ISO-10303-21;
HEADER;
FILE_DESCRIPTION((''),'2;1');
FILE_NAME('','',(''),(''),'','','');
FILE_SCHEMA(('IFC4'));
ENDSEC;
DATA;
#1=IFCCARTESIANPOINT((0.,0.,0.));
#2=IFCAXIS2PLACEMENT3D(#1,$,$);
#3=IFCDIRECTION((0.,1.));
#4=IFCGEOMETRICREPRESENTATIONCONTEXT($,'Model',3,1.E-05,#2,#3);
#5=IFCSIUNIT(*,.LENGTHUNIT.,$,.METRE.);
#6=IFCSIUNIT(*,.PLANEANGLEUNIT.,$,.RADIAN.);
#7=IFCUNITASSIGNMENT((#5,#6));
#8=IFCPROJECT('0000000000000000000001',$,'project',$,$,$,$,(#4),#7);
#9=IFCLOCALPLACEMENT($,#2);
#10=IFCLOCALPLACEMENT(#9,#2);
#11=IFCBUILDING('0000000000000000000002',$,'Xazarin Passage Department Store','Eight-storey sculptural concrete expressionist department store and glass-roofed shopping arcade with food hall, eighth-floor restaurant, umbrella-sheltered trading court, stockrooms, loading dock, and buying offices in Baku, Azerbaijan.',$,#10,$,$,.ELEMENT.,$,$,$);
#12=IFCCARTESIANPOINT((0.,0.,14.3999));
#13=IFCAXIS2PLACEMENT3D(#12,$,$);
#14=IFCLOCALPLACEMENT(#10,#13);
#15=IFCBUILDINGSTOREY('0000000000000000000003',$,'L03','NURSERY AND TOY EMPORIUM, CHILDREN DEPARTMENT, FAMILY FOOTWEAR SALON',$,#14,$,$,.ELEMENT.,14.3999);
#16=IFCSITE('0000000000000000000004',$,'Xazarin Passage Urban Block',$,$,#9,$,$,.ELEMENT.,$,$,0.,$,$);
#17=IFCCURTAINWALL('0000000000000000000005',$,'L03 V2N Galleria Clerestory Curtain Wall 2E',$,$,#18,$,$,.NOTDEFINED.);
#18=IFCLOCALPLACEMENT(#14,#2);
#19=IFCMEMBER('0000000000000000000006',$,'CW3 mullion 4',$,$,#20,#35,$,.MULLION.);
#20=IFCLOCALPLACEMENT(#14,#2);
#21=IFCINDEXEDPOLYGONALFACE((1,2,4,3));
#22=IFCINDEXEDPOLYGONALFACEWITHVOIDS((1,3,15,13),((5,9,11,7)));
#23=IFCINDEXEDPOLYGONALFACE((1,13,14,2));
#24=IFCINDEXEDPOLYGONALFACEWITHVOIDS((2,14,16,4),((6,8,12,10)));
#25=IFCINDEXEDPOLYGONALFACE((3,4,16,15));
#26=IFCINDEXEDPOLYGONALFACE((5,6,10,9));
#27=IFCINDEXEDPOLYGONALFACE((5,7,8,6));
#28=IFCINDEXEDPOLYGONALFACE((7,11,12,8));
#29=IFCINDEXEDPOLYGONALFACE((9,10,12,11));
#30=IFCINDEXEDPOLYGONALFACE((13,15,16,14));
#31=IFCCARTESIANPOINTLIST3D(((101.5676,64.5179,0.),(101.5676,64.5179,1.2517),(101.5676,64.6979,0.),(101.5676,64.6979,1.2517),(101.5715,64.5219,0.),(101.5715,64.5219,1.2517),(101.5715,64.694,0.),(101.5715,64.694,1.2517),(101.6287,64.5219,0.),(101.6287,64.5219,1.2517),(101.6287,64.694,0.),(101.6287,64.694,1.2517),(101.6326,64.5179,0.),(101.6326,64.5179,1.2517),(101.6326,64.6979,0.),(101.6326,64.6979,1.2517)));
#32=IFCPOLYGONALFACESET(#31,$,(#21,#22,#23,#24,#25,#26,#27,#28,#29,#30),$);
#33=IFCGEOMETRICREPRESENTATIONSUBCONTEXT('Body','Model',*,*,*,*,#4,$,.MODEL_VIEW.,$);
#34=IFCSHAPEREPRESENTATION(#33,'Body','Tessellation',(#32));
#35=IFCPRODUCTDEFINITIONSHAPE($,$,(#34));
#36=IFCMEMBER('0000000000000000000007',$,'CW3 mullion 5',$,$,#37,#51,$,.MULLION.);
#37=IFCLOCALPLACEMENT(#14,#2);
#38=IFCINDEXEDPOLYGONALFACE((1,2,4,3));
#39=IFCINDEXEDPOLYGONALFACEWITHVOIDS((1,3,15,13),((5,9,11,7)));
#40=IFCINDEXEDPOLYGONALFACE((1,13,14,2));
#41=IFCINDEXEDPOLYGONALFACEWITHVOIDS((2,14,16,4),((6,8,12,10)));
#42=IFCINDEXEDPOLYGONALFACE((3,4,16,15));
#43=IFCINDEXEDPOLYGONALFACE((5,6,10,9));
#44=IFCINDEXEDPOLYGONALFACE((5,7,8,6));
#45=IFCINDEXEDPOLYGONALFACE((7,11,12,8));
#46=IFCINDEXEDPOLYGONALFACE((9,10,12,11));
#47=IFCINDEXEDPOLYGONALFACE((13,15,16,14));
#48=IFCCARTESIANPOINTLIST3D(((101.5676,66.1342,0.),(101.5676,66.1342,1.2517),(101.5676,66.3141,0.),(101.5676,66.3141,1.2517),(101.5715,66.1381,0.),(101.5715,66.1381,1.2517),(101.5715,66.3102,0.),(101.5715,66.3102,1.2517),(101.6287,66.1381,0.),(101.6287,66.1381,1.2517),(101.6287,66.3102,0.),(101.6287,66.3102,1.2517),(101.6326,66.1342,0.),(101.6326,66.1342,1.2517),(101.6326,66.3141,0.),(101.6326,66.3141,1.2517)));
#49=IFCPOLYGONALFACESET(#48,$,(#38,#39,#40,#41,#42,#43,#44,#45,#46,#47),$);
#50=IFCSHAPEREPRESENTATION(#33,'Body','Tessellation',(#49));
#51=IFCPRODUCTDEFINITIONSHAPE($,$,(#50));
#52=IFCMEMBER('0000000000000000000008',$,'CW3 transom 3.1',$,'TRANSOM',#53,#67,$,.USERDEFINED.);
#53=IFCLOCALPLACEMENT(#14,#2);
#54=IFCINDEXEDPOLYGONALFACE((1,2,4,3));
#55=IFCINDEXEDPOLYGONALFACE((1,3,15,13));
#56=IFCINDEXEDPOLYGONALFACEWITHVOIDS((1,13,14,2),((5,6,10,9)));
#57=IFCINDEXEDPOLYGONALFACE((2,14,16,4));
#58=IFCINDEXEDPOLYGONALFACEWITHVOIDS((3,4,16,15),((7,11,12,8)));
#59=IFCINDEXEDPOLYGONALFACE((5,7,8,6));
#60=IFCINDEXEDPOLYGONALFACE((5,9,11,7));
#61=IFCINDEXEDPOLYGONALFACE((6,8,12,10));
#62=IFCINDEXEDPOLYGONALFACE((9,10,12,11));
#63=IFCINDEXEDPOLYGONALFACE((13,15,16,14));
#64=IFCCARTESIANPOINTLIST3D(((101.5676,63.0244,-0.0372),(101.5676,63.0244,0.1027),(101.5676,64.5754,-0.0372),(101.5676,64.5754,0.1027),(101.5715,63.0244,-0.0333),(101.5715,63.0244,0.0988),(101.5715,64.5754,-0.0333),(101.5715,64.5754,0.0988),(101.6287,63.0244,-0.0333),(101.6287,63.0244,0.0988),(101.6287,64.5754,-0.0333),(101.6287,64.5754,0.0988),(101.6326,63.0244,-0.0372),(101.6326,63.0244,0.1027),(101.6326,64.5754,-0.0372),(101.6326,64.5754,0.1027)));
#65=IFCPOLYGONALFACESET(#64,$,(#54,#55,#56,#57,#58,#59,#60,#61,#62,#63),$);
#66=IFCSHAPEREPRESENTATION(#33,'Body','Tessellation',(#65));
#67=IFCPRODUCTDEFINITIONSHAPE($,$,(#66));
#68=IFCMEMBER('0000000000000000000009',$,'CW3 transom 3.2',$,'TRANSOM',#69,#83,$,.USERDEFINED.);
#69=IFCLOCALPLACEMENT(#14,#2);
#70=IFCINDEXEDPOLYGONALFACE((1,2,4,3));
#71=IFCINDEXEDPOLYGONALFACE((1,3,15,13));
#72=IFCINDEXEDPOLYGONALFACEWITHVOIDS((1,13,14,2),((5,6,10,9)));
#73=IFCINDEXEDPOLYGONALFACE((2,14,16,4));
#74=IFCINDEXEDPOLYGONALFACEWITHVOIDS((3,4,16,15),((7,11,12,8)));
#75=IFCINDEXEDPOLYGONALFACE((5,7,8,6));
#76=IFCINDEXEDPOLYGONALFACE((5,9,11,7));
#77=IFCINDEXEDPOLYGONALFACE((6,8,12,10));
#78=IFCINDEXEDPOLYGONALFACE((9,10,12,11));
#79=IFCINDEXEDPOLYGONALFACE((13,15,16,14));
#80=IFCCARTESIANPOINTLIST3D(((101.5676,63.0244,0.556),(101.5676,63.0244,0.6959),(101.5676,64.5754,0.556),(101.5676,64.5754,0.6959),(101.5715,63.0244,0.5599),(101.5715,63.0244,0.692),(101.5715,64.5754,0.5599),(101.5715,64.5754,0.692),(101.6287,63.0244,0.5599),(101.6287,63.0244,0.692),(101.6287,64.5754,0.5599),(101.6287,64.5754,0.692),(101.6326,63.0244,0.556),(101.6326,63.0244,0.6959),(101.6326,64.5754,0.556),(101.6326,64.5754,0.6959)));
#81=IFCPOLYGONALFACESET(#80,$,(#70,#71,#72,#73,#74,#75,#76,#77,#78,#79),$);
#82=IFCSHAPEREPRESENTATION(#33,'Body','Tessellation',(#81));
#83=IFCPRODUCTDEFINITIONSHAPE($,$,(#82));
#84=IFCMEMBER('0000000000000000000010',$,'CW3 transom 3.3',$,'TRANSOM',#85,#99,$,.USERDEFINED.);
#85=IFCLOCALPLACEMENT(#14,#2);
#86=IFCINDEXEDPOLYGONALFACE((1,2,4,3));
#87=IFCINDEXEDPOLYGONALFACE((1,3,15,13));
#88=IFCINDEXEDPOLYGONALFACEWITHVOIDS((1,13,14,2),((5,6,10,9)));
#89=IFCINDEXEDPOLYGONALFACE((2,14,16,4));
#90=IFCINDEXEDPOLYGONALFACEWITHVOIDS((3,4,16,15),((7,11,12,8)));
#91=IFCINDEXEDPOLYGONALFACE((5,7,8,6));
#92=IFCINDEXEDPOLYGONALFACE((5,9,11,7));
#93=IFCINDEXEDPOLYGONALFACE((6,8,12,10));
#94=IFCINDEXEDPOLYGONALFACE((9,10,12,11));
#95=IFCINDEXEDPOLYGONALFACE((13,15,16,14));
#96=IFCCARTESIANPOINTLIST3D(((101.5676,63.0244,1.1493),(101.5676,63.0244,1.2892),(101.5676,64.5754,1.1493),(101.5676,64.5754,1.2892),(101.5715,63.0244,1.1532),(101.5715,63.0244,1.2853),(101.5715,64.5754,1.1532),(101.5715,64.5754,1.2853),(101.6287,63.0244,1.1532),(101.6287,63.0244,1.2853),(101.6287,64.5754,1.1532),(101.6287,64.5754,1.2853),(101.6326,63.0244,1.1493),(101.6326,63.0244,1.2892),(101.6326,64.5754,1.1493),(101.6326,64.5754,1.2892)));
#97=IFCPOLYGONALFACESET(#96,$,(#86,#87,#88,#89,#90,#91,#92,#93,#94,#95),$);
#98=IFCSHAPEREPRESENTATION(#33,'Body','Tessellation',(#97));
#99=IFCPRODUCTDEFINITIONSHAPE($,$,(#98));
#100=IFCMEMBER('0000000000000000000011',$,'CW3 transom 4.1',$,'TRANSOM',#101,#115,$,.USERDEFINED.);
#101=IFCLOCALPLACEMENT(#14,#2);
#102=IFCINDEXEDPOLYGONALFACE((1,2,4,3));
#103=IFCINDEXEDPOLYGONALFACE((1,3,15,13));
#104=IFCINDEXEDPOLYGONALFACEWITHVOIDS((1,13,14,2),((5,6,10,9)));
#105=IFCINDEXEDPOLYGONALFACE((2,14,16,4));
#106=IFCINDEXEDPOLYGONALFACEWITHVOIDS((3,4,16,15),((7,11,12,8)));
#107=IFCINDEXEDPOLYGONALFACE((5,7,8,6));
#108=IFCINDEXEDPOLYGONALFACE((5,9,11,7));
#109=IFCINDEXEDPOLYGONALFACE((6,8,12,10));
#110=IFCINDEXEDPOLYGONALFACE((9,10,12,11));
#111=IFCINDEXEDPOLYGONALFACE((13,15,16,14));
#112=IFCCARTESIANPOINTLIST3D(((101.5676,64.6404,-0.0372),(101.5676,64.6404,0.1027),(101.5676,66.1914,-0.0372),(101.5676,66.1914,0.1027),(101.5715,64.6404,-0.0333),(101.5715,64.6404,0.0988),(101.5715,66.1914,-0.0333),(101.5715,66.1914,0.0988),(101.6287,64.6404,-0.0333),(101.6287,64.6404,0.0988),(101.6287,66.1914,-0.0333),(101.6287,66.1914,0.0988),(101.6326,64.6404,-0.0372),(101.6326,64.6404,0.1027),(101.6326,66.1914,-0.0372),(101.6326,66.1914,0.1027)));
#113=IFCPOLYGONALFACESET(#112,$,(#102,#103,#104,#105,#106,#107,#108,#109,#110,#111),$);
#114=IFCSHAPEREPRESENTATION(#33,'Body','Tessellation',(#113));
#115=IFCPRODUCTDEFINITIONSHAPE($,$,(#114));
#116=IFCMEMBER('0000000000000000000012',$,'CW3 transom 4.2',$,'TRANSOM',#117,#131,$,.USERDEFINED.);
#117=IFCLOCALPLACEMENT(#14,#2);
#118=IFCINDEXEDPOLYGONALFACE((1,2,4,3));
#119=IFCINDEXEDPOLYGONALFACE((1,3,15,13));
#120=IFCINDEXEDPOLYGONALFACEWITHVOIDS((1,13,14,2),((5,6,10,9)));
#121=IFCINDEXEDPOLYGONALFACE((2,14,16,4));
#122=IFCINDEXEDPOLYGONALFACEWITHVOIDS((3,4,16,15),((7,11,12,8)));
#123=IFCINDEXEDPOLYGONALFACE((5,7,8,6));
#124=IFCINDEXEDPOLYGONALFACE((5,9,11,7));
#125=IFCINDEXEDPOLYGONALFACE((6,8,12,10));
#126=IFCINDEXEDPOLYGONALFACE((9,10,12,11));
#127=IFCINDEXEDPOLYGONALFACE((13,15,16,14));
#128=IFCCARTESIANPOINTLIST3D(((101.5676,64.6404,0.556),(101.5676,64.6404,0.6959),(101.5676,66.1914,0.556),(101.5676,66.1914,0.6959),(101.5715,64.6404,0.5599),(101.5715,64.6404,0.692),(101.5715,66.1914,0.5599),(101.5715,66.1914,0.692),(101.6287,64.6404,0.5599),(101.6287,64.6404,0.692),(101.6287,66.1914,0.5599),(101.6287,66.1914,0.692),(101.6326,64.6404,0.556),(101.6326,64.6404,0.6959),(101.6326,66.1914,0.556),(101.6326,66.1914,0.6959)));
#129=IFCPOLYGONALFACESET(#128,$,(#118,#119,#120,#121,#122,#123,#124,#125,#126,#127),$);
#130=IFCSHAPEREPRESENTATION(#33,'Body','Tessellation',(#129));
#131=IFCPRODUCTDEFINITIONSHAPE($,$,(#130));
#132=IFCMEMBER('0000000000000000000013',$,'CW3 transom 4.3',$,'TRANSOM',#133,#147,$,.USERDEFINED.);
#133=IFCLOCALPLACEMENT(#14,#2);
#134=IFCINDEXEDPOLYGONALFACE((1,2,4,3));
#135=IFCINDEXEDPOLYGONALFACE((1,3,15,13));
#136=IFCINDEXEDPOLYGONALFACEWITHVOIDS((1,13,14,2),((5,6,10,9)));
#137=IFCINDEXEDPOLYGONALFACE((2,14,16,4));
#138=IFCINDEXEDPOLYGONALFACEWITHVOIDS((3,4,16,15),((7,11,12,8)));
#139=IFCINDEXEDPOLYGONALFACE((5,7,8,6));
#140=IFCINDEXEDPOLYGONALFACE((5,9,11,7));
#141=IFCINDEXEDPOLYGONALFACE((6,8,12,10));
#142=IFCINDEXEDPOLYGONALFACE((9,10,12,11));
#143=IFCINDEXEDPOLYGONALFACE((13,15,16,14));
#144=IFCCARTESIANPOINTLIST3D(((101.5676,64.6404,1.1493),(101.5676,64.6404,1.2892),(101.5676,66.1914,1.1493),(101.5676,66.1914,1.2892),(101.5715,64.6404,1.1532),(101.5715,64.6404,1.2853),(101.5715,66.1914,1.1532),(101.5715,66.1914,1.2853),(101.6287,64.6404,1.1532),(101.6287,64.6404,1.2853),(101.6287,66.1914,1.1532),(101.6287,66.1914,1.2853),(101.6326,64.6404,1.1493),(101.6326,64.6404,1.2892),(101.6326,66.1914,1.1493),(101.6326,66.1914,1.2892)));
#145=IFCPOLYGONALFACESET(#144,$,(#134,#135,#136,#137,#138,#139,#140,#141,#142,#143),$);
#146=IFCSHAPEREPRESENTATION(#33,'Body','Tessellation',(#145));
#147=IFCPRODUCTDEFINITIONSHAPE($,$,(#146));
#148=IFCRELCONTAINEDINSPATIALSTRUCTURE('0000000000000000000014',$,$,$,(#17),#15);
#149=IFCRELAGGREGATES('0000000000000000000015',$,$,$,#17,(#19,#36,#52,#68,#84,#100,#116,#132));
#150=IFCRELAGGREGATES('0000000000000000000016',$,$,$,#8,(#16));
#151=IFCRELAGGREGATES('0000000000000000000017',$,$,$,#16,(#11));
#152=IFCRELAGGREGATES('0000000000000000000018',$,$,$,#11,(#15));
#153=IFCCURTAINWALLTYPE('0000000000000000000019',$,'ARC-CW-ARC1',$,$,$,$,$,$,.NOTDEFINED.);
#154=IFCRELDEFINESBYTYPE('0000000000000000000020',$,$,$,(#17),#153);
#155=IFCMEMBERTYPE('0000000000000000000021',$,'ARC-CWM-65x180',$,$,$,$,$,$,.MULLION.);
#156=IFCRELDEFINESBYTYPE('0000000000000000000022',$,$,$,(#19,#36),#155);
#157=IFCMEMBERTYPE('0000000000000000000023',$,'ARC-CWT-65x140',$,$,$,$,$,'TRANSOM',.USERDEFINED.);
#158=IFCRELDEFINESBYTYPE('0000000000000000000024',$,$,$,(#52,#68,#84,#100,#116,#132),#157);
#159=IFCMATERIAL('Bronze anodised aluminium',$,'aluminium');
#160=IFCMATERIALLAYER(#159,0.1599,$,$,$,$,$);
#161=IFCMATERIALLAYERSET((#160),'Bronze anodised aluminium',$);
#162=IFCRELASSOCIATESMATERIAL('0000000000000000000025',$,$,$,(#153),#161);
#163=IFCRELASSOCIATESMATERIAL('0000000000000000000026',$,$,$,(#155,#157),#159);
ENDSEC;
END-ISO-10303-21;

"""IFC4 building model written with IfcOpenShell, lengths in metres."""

from ifc_helpers import new_model, si_unit, direction, frame, origin, origin_2d, place, context, subcontext, project, spatial, hollow_rectangle, extrude, material, layer, layer_set, material_profile, profile_set, type_object, element, aggregate, save


model = new_model("IFC4")

# Units and contexts
model_context = context("Model", 3, precision=1e-05, world=origin(), true_north=direction((0.0, 1.0)))
body_context = subcontext(model_context, "Body", "Model", "MODEL_VIEW")
ifc_project = project(units=[si_unit("LENGTHUNIT", "METRE"), si_unit("PLANEANGLEUNIT", "RADIAN")], contexts=[model_context])

# Site, building, storey
site_placement = place(None, origin())
site = spatial("IfcSite", under=ifc_project, at=site_placement, Name="Xazarin Passage Urban Block", CompositionType="ELEMENT", RefElevation=0.0)
building_placement = place(site_placement, origin())
building = spatial("IfcBuilding", under=site, at=building_placement, Name="Xazarin Passage Department Store", Description="Eight-storey sculptural concrete expressionist department store and glass-roofed shopping arcade with food hall, eighth-floor restaurant, umbrella-sheltered trading court, stockrooms, loading dock, and buying offices in Baku, Azerbaijan.", CompositionType="ELEMENT")
storey_placement = place(building_placement, frame((0.0, 0.0, 14.3999)))
storey = spatial("IfcBuildingStorey", under=building, at=storey_placement, Name="L03", Description="NURSERY AND TOY EMPORIUM, CHILDREN DEPARTMENT, FAMILY FOOTWEAR SALON", CompositionType="ELEMENT", Elevation=14.3999)

# Curtain wall, members
ifc_material_1 = material(Name="Bronze anodised aluminium", Category="aluminium")
ifc_layer_1 = layer(ifc_material_1, 0.1599)
ifc_layer_set_1 = layer_set([ifc_layer_1], Name="Bronze anodised aluminium")
curtain_wall_type = type_object("IfcCurtainWallType", Name="ARC-CW-ARC1", PredefinedType="NOTDEFINED", material=ifc_layer_set_1)
curtain_wall_placement = place(storey_placement, origin())
curtain_wall = element("IfcCurtainWall", 1, at=curtain_wall_placement, inside=storey, type_object=curtain_wall_type, Name="L03 V2N Galleria Clerestory Curtain Wall 2E", PredefinedType="NOTDEFINED")
ifc_material_profile_1 = material_profile(ifc_material_1, hollow_rectangle(XDim=0.0649, YDim=0.1799, WallThickness=0.0039, at=origin_2d()), Name="ALU 65x180")
ifc_profile_set_1 = profile_set([ifc_material_profile_1], Name="Bronze anodised aluminium")
member_type_1 = type_object("IfcMemberType", Name="ARC-CWM-65x180", PredefinedType="MULLION", material=ifc_profile_set_1)
member_1_placement = place(storey_placement, frame((101.6001, 64.6079, 0.0), z_axis=(0.0, 0.0, 1.0), x_axis=(-1.0, 0.0, 0.0)))
member_1 = element("IfcMember", 2, at=member_1_placement, type_object=member_type_1, Name="CW3 mullion 4", PredefinedType="MULLION", context=body_context, shape_type="SweptSolid", body=[
    extrude(hollow_rectangle(XDim=0.0649, YDim=0.1799, WallThickness=0.0039, at=origin_2d()), origin(), (0.0, 0.0, 1.0), 1.2517),
])
member_2_placement = place(storey_placement, frame((101.6001, 66.2241, 0.0), z_axis=(0.0, 0.0, 1.0), x_axis=(-1.0, 0.0, 0.0)))
member_2 = element("IfcMember", 3, at=member_2_placement, type_object=member_type_1, Name="CW3 mullion 5", PredefinedType="MULLION", context=body_context, shape_type="SweptSolid", body=[
    extrude(hollow_rectangle(XDim=0.0649, YDim=0.1799, WallThickness=0.0039, at=origin_2d()), origin(), (0.0, 0.0, 1.0), 1.2517),
])
ifc_material_profile_2 = material_profile(ifc_material_1, hollow_rectangle(XDim=0.0649, YDim=0.1399, WallThickness=0.0039, at=origin_2d()), Name="ALU 65x140")
ifc_profile_set_2 = profile_set([ifc_material_profile_2], Name="Bronze anodised aluminium")
member_type_2 = type_object("IfcMemberType", Name="ARC-CWT-65x140", ElementType="TRANSOM", PredefinedType="USERDEFINED", material=ifc_profile_set_2)
member_3_placement = place(storey_placement, frame((101.6001, 63.0244, 0.0327), z_axis=(0.0, 1.0, 0.0), x_axis=(-1.0, 0.0, 0.0)))
member_3 = element("IfcMember", 4, at=member_3_placement, type_object=member_type_2, Name="CW3 transom 3.1", ObjectType="TRANSOM", PredefinedType="USERDEFINED", context=body_context, shape_type="SweptSolid", body=[
    extrude(hollow_rectangle(XDim=0.0649, YDim=0.1399, WallThickness=0.0039, at=origin_2d()), origin(), (0.0, 0.0, 1.0), 1.551),
])
member_4_placement = place(storey_placement, frame((101.6001, 63.0244, 0.626), z_axis=(0.0, 1.0, 0.0), x_axis=(-1.0, 0.0, 0.0)))
member_4 = element("IfcMember", 5, at=member_4_placement, type_object=member_type_2, Name="CW3 transom 3.2", ObjectType="TRANSOM", PredefinedType="USERDEFINED", context=body_context, shape_type="SweptSolid", body=[
    extrude(hollow_rectangle(XDim=0.0649, YDim=0.1399, WallThickness=0.0039, at=origin_2d()), origin(), (0.0, 0.0, 1.0), 1.551),
])
member_5_placement = place(storey_placement, frame((101.6001, 63.0244, 1.2192), z_axis=(0.0, 1.0, 0.0), x_axis=(-1.0, 0.0, 0.0)))
member_5 = element("IfcMember", 6, at=member_5_placement, type_object=member_type_2, Name="CW3 transom 3.3", ObjectType="TRANSOM", PredefinedType="USERDEFINED", context=body_context, shape_type="SweptSolid", body=[
    extrude(hollow_rectangle(XDim=0.0649, YDim=0.1399, WallThickness=0.0039, at=origin_2d()), origin(), (0.0, 0.0, 1.0), 1.551),
])
member_6_placement = place(storey_placement, frame((101.6001, 64.6404, 0.0327), z_axis=(0.0, 1.0, 0.0), x_axis=(-1.0, 0.0, 0.0)))
member_6 = element("IfcMember", 7, at=member_6_placement, type_object=member_type_2, Name="CW3 transom 4.1", ObjectType="TRANSOM", PredefinedType="USERDEFINED", context=body_context, shape_type="SweptSolid", body=[
    extrude(hollow_rectangle(XDim=0.0649, YDim=0.1399, WallThickness=0.0039, at=origin_2d()), origin(), (0.0, 0.0, 1.0), 1.551),
])
member_7_placement = place(storey_placement, frame((101.6001, 64.6404, 0.626), z_axis=(0.0, 1.0, 0.0), x_axis=(-1.0, 0.0, 0.0)))
member_7 = element("IfcMember", 8, at=member_7_placement, type_object=member_type_2, Name="CW3 transom 4.2", ObjectType="TRANSOM", PredefinedType="USERDEFINED", context=body_context, shape_type="SweptSolid", body=[
    extrude(hollow_rectangle(XDim=0.0649, YDim=0.1399, WallThickness=0.0039, at=origin_2d()), origin(), (0.0, 0.0, 1.0), 1.551),
])
member_8_placement = place(storey_placement, frame((101.6001, 64.6404, 1.2192), z_axis=(0.0, 1.0, 0.0), x_axis=(-1.0, 0.0, 0.0)))
member_8 = element("IfcMember", 9, at=member_8_placement, type_object=member_type_2, Name="CW3 transom 4.3", ObjectType="TRANSOM", PredefinedType="USERDEFINED", context=body_context, shape_type="SweptSolid", body=[
    extrude(hollow_rectangle(XDim=0.0649, YDim=0.1399, WallThickness=0.0039, at=origin_2d()), origin(), (0.0, 0.0, 1.0), 1.551),
])

aggregate(curtain_wall, [member_1, member_2, member_3, member_4, member_5, member_6, member_7, member_8])

save(model, "model.ifc")
